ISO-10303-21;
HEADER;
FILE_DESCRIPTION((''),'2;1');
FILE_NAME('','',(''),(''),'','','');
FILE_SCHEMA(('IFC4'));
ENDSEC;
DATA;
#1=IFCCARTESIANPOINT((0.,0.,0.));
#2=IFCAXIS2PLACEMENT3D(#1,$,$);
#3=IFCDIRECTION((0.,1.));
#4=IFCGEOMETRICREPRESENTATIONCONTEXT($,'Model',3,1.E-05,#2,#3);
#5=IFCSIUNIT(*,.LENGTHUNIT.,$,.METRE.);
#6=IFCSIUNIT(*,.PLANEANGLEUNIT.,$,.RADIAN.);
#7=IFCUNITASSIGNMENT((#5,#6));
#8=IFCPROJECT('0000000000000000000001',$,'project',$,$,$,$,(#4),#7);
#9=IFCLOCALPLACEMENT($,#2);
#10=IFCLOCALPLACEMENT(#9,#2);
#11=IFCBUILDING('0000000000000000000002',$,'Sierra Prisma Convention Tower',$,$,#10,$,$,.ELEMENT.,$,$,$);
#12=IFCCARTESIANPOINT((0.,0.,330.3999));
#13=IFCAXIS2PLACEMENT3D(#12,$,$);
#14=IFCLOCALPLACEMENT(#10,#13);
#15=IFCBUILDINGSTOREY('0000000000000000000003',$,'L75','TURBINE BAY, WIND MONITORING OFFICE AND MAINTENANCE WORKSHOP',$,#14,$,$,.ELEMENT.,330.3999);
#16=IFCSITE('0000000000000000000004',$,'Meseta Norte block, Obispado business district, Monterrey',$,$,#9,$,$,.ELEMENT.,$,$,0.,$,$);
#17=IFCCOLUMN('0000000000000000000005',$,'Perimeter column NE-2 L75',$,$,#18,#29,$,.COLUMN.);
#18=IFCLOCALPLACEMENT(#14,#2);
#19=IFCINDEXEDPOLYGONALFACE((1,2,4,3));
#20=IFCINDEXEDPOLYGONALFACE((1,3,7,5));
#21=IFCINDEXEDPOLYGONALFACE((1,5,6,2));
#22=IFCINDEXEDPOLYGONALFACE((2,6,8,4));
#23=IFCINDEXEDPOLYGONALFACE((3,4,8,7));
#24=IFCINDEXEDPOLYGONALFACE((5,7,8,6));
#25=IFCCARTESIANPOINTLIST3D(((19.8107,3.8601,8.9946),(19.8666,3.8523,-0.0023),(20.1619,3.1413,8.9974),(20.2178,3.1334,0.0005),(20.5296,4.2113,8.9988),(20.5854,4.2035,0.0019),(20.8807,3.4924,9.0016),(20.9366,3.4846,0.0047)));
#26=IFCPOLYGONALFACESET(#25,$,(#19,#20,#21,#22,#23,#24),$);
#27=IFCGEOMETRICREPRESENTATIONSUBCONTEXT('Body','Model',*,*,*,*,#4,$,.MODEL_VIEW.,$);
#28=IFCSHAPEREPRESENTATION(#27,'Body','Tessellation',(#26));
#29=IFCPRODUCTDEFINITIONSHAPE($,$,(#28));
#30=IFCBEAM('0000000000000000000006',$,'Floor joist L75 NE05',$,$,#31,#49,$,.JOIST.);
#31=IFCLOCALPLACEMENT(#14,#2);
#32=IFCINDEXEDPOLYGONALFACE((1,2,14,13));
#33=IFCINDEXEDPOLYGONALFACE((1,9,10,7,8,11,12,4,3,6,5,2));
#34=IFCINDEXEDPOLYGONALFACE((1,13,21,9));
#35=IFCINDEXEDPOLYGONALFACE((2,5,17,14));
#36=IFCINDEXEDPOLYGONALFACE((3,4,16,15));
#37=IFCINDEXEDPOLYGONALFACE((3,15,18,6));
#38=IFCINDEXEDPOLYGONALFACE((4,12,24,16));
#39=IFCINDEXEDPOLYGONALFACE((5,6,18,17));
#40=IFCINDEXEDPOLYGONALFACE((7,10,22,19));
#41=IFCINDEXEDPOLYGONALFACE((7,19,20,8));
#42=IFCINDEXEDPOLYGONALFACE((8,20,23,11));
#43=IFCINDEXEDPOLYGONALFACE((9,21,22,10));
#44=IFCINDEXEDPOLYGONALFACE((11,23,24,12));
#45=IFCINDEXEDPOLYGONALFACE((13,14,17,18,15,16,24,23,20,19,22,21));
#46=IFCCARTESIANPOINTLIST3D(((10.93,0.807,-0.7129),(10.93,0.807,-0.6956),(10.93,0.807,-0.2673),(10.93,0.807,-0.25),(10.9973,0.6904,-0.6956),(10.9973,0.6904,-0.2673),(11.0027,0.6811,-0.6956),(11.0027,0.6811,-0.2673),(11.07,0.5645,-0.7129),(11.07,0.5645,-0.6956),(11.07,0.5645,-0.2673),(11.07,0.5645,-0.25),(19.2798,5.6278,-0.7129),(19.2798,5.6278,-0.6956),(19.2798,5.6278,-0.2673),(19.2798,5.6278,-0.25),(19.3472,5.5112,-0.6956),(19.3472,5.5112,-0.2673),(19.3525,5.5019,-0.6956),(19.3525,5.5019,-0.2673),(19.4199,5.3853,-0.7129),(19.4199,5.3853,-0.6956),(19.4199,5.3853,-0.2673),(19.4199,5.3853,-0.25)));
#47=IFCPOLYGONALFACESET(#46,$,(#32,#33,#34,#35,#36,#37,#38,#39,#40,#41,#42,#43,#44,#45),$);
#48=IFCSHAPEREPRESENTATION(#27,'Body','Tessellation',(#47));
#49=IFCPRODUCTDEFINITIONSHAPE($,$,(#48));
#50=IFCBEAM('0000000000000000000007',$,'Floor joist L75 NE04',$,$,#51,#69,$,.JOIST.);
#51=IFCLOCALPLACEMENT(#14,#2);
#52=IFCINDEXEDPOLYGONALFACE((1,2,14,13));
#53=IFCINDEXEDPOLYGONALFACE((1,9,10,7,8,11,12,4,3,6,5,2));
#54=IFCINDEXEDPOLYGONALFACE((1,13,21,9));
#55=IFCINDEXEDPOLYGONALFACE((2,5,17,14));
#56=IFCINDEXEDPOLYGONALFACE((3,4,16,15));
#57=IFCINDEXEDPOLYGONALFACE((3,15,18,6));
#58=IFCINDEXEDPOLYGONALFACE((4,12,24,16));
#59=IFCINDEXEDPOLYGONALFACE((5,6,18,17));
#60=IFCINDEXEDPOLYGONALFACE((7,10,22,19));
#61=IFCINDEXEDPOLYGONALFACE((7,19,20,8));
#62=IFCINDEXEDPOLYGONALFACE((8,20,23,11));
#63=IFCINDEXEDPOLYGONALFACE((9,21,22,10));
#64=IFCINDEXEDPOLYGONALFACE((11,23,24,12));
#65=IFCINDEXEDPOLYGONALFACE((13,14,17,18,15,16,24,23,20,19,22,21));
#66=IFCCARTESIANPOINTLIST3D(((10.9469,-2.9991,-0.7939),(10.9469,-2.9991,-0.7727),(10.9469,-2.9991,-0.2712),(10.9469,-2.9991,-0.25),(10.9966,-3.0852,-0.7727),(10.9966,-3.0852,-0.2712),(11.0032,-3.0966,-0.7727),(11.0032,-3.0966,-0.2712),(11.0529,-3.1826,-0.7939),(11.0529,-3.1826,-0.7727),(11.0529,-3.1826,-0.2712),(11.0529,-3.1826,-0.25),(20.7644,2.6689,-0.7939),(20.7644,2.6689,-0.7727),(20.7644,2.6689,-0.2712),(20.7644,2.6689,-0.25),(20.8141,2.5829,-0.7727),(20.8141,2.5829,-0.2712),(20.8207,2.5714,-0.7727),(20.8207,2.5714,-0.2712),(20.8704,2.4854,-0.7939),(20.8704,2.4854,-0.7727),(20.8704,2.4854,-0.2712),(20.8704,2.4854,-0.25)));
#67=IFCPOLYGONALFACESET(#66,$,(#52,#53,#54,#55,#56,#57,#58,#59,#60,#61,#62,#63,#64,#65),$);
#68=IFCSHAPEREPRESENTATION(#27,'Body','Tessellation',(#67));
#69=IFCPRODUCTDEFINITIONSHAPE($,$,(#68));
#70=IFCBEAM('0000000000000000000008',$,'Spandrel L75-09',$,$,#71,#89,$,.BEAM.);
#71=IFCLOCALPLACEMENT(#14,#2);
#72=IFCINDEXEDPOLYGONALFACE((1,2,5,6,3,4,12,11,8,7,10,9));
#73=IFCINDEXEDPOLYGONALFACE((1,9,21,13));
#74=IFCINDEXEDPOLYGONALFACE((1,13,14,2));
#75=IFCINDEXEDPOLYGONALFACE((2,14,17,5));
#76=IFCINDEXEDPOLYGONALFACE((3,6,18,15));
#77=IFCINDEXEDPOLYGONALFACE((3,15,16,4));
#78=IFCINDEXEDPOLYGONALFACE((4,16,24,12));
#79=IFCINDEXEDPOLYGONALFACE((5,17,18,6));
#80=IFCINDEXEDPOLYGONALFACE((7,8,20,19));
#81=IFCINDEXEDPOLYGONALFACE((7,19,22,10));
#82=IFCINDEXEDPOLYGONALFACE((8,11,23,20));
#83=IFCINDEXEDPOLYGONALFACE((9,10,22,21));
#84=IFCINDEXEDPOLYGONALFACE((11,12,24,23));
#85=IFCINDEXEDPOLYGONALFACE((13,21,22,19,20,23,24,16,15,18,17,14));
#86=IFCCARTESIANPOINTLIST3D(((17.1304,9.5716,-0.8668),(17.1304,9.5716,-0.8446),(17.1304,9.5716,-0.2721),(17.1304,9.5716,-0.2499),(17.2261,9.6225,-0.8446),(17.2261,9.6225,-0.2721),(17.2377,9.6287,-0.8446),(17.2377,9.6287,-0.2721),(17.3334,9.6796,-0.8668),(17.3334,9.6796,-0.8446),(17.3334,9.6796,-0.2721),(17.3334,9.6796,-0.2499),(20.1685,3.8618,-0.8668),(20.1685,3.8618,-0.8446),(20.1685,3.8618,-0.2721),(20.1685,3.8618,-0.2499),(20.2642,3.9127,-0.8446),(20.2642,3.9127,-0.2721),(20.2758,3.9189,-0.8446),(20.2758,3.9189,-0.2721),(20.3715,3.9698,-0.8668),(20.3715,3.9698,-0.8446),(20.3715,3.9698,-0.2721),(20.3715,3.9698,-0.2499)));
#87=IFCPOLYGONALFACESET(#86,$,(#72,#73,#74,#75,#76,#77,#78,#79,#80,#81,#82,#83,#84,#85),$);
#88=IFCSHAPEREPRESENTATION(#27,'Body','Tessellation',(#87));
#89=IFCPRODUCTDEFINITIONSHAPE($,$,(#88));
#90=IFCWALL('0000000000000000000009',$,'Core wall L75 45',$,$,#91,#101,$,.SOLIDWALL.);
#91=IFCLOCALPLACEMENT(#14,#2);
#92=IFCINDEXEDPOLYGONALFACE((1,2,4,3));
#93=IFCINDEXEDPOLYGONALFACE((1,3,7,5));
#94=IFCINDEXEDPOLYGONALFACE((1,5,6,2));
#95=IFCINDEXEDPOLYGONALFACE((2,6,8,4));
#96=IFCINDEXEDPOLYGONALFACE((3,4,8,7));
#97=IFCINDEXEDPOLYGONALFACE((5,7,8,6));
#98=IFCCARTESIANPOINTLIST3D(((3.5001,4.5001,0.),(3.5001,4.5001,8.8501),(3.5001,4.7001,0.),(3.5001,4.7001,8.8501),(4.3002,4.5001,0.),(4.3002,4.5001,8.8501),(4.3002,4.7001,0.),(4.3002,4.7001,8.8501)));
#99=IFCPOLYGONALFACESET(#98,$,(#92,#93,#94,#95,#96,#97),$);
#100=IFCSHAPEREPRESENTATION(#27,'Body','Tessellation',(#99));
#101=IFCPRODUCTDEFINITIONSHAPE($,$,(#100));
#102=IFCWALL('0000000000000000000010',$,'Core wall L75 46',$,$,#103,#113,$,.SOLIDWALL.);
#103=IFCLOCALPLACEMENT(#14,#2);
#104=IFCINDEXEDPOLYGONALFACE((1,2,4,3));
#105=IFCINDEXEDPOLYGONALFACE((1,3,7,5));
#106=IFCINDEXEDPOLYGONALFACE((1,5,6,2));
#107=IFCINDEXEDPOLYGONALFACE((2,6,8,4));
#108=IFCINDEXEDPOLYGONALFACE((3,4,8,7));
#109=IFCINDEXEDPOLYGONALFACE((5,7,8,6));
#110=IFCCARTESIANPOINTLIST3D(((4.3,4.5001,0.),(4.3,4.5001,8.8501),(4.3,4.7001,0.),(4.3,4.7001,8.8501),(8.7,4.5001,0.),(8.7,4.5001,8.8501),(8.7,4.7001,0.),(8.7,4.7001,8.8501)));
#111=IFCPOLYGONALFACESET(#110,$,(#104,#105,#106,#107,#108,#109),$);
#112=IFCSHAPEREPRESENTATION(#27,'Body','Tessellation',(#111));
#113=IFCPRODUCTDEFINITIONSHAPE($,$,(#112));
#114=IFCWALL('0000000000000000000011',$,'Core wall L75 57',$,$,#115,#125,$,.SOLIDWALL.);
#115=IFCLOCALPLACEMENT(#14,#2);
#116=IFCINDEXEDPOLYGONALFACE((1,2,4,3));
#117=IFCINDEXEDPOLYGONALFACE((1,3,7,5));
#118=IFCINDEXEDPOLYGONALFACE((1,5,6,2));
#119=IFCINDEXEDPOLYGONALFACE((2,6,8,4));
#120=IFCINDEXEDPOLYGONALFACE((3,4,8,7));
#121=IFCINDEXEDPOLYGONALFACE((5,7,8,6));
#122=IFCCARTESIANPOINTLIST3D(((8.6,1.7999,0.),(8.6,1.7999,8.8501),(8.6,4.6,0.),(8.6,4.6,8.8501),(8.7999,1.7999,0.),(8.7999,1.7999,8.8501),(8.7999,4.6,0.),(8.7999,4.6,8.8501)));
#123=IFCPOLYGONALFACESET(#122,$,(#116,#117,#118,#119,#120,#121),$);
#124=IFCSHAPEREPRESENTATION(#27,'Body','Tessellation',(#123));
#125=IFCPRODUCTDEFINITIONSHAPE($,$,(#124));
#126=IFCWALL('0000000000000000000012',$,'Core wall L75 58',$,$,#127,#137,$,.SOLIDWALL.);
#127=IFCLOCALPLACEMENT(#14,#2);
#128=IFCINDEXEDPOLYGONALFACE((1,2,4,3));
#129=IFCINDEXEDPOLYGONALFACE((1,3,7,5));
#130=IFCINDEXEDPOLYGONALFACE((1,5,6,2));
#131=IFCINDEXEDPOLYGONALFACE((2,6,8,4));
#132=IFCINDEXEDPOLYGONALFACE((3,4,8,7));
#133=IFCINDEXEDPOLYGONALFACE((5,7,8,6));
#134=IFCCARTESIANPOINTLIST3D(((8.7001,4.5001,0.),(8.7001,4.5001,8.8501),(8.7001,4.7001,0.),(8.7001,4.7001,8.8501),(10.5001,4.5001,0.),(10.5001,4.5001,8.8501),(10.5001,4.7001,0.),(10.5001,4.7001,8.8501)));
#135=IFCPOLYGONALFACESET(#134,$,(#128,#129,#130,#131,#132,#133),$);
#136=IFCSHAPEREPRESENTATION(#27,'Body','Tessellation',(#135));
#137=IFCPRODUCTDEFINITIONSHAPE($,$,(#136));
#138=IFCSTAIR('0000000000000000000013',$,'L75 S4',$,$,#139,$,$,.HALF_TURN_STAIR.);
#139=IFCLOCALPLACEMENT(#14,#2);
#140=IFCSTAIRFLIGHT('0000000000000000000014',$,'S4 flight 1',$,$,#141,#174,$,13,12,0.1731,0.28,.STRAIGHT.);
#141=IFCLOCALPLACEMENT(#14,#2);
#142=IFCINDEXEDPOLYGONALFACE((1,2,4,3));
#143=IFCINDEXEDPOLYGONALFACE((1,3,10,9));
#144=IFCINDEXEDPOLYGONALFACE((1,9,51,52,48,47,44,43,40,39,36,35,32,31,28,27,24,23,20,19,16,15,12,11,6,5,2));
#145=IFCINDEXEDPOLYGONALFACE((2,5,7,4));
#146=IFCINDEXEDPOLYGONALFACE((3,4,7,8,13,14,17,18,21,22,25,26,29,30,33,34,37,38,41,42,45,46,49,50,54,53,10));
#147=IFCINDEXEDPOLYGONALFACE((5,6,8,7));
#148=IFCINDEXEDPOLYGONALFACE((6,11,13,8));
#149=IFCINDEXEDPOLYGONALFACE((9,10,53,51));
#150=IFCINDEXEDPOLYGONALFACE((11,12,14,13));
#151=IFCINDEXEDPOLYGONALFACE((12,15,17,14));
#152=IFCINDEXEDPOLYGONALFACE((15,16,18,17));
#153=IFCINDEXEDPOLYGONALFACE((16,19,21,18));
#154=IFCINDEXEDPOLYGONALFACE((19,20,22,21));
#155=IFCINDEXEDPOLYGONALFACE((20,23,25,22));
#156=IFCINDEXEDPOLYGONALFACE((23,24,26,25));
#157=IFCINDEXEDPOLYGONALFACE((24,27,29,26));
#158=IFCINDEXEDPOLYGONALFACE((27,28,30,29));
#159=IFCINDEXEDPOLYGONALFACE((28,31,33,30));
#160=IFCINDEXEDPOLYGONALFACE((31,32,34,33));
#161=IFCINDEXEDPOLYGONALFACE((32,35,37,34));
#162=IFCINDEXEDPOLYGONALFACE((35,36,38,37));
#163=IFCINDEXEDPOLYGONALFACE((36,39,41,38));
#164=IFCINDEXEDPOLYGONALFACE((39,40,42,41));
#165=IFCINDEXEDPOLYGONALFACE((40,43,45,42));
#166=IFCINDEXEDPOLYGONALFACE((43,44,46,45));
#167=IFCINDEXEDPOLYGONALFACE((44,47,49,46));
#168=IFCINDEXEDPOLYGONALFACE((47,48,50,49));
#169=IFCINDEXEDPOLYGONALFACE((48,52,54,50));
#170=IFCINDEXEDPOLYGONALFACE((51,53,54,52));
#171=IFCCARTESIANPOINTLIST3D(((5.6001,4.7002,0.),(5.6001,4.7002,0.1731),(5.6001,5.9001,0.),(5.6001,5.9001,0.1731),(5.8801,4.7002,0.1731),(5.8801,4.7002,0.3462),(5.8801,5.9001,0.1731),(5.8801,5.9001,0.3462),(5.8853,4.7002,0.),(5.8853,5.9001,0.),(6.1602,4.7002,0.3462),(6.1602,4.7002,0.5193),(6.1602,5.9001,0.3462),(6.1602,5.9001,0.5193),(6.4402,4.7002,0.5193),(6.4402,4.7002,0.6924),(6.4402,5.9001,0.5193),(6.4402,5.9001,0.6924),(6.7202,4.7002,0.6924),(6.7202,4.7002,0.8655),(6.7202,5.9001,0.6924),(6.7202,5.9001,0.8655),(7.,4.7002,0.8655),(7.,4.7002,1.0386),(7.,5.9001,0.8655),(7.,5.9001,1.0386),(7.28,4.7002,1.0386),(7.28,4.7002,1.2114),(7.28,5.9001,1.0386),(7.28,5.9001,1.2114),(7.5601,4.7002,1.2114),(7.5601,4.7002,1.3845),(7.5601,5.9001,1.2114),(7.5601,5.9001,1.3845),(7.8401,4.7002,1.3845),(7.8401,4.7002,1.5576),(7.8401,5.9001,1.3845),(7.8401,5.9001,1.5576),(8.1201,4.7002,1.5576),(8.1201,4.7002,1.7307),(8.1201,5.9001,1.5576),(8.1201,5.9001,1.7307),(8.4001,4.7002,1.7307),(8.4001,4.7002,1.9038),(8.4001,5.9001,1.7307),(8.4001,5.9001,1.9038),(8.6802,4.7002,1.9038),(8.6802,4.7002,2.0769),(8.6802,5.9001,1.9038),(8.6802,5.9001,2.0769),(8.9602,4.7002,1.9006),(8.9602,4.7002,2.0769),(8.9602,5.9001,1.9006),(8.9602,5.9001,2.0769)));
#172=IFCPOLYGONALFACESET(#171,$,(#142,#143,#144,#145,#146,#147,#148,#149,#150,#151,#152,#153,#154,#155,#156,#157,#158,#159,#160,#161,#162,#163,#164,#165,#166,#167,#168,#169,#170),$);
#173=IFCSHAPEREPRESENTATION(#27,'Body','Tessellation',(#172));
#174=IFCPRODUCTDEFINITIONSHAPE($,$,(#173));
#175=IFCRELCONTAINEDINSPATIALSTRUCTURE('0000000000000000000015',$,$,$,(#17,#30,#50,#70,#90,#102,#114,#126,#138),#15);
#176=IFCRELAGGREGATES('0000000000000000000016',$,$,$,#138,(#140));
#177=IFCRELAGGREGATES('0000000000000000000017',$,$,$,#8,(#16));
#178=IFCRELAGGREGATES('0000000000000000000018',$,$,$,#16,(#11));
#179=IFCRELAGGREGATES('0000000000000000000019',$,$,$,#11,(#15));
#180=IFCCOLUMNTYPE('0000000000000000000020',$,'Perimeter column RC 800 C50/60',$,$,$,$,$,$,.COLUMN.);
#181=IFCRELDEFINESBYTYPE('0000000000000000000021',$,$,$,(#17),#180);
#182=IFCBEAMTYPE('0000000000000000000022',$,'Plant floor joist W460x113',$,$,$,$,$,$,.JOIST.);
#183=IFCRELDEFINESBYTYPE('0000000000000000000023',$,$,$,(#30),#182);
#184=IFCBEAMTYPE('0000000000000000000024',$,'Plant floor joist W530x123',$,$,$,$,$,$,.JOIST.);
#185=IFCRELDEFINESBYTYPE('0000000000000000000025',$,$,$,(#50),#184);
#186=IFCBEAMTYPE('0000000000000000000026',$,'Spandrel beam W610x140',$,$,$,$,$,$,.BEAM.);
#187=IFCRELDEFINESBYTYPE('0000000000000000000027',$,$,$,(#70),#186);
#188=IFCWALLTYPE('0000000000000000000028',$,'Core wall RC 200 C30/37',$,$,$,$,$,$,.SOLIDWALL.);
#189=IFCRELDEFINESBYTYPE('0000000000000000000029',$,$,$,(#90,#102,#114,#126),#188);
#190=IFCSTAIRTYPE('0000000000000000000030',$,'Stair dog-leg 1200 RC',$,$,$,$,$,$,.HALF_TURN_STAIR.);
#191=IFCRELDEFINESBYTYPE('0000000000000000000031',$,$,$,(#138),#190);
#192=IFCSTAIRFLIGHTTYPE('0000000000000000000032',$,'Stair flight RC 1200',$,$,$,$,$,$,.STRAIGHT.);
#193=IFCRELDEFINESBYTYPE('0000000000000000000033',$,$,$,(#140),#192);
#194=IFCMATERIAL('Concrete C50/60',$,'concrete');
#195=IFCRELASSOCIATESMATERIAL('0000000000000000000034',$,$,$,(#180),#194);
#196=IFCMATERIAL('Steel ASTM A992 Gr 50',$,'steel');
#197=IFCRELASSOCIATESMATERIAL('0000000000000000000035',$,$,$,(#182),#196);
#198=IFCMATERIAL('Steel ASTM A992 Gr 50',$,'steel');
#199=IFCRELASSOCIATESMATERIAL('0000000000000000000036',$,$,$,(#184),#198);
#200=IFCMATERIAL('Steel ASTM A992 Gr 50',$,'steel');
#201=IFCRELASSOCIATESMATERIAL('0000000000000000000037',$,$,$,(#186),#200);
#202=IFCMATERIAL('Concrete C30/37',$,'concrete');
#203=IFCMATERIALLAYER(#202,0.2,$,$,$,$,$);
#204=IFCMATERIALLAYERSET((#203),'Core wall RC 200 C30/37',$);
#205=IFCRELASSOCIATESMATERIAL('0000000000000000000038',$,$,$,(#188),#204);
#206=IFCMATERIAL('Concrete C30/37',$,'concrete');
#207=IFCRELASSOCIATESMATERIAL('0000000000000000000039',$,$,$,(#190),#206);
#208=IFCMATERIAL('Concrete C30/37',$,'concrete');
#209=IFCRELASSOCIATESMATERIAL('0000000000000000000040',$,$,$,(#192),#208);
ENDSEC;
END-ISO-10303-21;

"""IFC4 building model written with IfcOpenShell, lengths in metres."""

from ifc_helpers import new_model, si_unit, direction, frame, frame_2d, origin, origin_2d, place, context, subcontext, project, spatial, polyline, rectangle, i_section, outline, extrude, clip, halfspace, material, layer, layer_set, material_profile, profile_set, type_object, element, aggregate, save


model = new_model("IFC4")

# Units and contexts
model_context = context("Model", 3, precision=1e-05, world=origin(), true_north=direction((0.0, 1.0)))
body_context = subcontext(model_context, "Body", "Model", "MODEL_VIEW")
ifc_project = project(units=[si_unit("LENGTHUNIT", "METRE"), si_unit("PLANEANGLEUNIT", "RADIAN")], contexts=[model_context])

# Site, building, storey
site_placement = place(None, origin())
site = spatial("IfcSite", under=ifc_project, at=site_placement, Name="Meseta Norte block, Obispado business district, Monterrey", CompositionType="ELEMENT", RefElevation=0.0)
building_placement = place(site_placement, origin())
building = spatial("IfcBuilding", under=site, at=building_placement, Name="Sierra Prisma Convention Tower", CompositionType="ELEMENT")
storey_placement = place(building_placement, frame((0.0, 0.0, 330.3999)))
storey = spatial("IfcBuildingStorey", under=building, at=storey_placement, Name="L75", Description="TURBINE BAY, WIND MONITORING OFFICE AND MAINTENANCE WORKSHOP", CompositionType="ELEMENT", Elevation=330.3999)

# Column
ifc_material_1 = material(Name="Concrete C50/60", Category="concrete")
ifc_material_profile_1 = material_profile(ifc_material_1, rectangle(XDim=0.8, YDim=0.8, at=origin_2d()), Name="Perimeter column RC 800 C50/60")
ifc_profile_set_1 = profile_set([ifc_material_profile_1], Name="Concrete C50/60")
column_type = type_object("IfcColumnType", Name="Perimeter column RC 800 C50/60", PredefinedType="COLUMN", material=ifc_profile_set_1)
column_placement = place(storey_placement, frame((20.4016, 3.6685, 0.0), z_axis=(-0.006212, 0.000868, 0.99998), x_axis=(-0.438919, 0.89852, -0.003507)))
element("IfcColumn", 1, at=column_placement, inside=storey, type_object=column_type, Name="Perimeter column NE-2 L75", PredefinedType="COLUMN", context=body_context, shape_type="SweptSolid", body=[
    clip(clip(extrude(rectangle(XDim=0.8, YDim=0.8, at=origin_2d()), origin(), (0.0, 0.0, 1.0), 9.0002), halfspace(frame((0.0, 0.0, 0.0012)), True)), halfspace(frame((0.0, 0.0, 8.9983)), False)),
])

# Beams
ifc_material_2 = material(Name="Steel ASTM A992 Gr 50", Category="steel")
ifc_material_profile_2 = material_profile(ifc_material_2, i_section(OverallWidth=0.28, OverallDepth=0.4629, WebThickness=0.0107, FlangeThickness=0.0173, at=origin_2d()), Name="W460x113")
ifc_profile_set_2 = profile_set([ifc_material_profile_2], Name="Steel ASTM A992 Gr 50")
beam_type_1 = type_object("IfcBeamType", Name="Plant floor joist W460x113", PredefinedType="JOIST", material=ifc_profile_set_2)
beam_1_placement = place(storey_placement, frame((19.3499, 5.5066, -0.4814), z_axis=(-0.866025, -0.500001, 0.0), x_axis=(0.500001, -0.866025, 0.0)))
element("IfcBeam", 2, at=beam_1_placement, inside=storey, type_object=beam_type_1, Name="Floor joist L75 NE05", PredefinedType="JOIST", context=body_context, shape_type="SweptSolid", body=[
    extrude(i_section(OverallWidth=0.28, OverallDepth=0.4629, WebThickness=0.0107, FlangeThickness=0.0173, at=origin_2d()), origin(), (0.0, 0.0, 1.0), 9.6416),
])
ifc_material_3 = material(Name="Steel ASTM A992 Gr 50", Category="steel")
ifc_material_profile_3 = material_profile(ifc_material_3, i_section(OverallWidth=0.2119, OverallDepth=0.5439, WebThickness=0.0132, FlangeThickness=0.0212, at=origin_2d()), Name="W530x123")
ifc_profile_set_3 = profile_set([ifc_material_profile_3], Name="Steel ASTM A992 Gr 50")
beam_type_2 = type_object("IfcBeamType", Name="Plant floor joist W530x123", PredefinedType="JOIST", material=ifc_profile_set_3)
beam_2_placement = place(storey_placement, frame((20.8174, 2.5771, -0.522), z_axis=(-0.866029, -0.499993, 0.0), x_axis=(0.499993, -0.866029, 0.0)))
element("IfcBeam", 3, at=beam_2_placement, inside=storey, type_object=beam_type_2, Name="Floor joist L75 NE04", PredefinedType="JOIST", context=body_context, shape_type="SweptSolid", body=[
    extrude(i_section(OverallWidth=0.2119, OverallDepth=0.5439, WebThickness=0.0132, FlangeThickness=0.0212, at=origin_2d()), origin(), (0.0, 0.0, 1.0), 11.3362),
])
ifc_material_4 = material(Name="Steel ASTM A992 Gr 50", Category="steel")
ifc_material_profile_4 = material_profile(ifc_material_4, i_section(OverallWidth=0.23, OverallDepth=0.6169, WebThickness=0.0132, FlangeThickness=0.0222, at=origin_2d()), Name="W610x140")
ifc_profile_set_4 = profile_set([ifc_material_profile_4], Name="Steel ASTM A992 Gr 50")
beam_type_3 = type_object("IfcBeamType", Name="Spandrel beam W610x140", PredefinedType="BEAM", material=ifc_profile_set_4)
beam_3_placement = place(storey_placement, frame((20.27, 3.9158, -0.5583), z_axis=(-0.469734, 0.882808, 0.0), x_axis=(-0.882808, -0.469734, 0.0)))
element("IfcBeam", 4, at=beam_3_placement, inside=storey, type_object=beam_type_3, Name="Spandrel L75-09", PredefinedType="BEAM", context=body_context, shape_type="SweptSolid", body=[
    extrude(i_section(OverallWidth=0.23, OverallDepth=0.6169, WebThickness=0.0132, FlangeThickness=0.0222, at=origin_2d()), origin(), (0.0, 0.0, 1.0), 6.4678),
])

# Walls
ifc_material_5 = material(Name="Concrete C30/37", Category="concrete")
ifc_layer = layer(ifc_material_5, 0.2)
ifc_layer_set = layer_set([ifc_layer], Name="Core wall RC 200 C30/37")
wall_type = type_object("IfcWallType", Name="Core wall RC 200 C30/37", PredefinedType="SOLIDWALL", material=ifc_layer_set)
wall_1_placement = place(storey_placement, frame((4.3, 4.6001, 0.0), z_axis=(0.0, 0.0, 1.0), x_axis=(-1.0, 0.0, 0.0)))
element("IfcWall", 5, at=wall_1_placement, inside=storey, type_object=wall_type, Name="Core wall L75 45", PredefinedType="SOLIDWALL", context=body_context, shape_type="SweptSolid", body=[
    extrude(rectangle(XDim=0.8, YDim=0.2, at=frame_2d((0.3999, 0.0))), origin(), (0.0, 0.0, 1.0), 8.8501),
])
wall_2_placement = place(storey_placement, frame((8.7, 4.6001, 0.0), z_axis=(0.0, 0.0, 1.0), x_axis=(-1.0, 0.0, 0.0)))
element("IfcWall", 6, at=wall_2_placement, inside=storey, type_object=wall_type, Name="Core wall L75 46", PredefinedType="SOLIDWALL", context=body_context, shape_type="SweptSolid", body=[
    extrude(rectangle(XDim=4.3999, YDim=0.2, at=frame_2d((2.2, 0.0))), origin(), (0.0, 0.0, 1.0), 8.8501),
])

# Walls
wall_3_placement = place(storey_placement, frame((8.7, 1.8, 0.0), z_axis=(0.0, 0.0, 1.0), x_axis=(0.0, 1.0, 0.0)))
element("IfcWall", 7, at=wall_3_placement, inside=storey, type_object=wall_type, Name="Core wall L75 57", PredefinedType="SOLIDWALL", context=body_context, shape_type="SweptSolid", body=[
    extrude(rectangle(XDim=2.8, YDim=0.2, at=frame_2d((1.3999, 0.0))), origin(), (0.0, 0.0, 1.0), 8.8501),
])
wall_4_placement = place(storey_placement, frame((10.5, 4.6001, 0.0), z_axis=(0.0, 0.0, 1.0), x_axis=(-1.0, 0.0, 0.0)))
element("IfcWall", 8, at=wall_4_placement, inside=storey, type_object=wall_type, Name="Core wall L75 58", PredefinedType="SOLIDWALL", context=body_context, shape_type="SweptSolid", body=[
    extrude(rectangle(XDim=1.8, YDim=0.2, at=frame_2d((0.8999, 0.0))), origin(), (0.0, 0.0, 1.0), 8.8501),
])

# Stair, stair flight
ifc_material_6 = material(Name="Concrete C30/37", Category="concrete")
stair_type = type_object("IfcStairType", Name="Stair dog-leg 1200 RC", PredefinedType="HALF_TURN_STAIR", material=ifc_material_6)
stair_placement = place(storey_placement, origin())
stair = element("IfcStair", 9, at=stair_placement, inside=storey, type_object=stair_type, Name="L75 S4", PredefinedType="HALF_TURN_STAIR")
ifc_material_7 = material(Name="Concrete C30/37", Category="concrete")
stair_flight_type = type_object("IfcStairFlightType", Name="Stair flight RC 1200", PredefinedType="STRAIGHT", material=ifc_material_7)
stair_flight_1_placement = place(storey_placement, frame((5.6001, 5.3, 0.0), z_axis=(0.0, 0.0, 1.0), x_axis=(1.0, 0.0, 0.0)))
stair_flight_1 = element("IfcStairFlight", 10, at=stair_flight_1_placement, type_object=stair_flight_type, Name="S4 flight 1", NumberOfRisers=13, NumberOfTreads=12, PredefinedType="STRAIGHT", RiserHeight=0.1731, TreadLength=0.28, context=body_context, shape_type="SweptSolid", body=[
    extrude(outline(polyline([(0.0, 0.0), (0.0, 0.1731), (0.28, 0.1731), (0.28, 0.3462), (0.5601, 0.3462), (0.5601, 0.5193), (0.8401, 0.5193), (0.8401, 0.6924), (1.1201, 0.6924), (1.1201, 0.8655), (1.3999, 0.8655), (1.3999, 1.0386), (1.6799, 1.0386), (1.6799, 1.2114), (1.96, 1.2114), (1.96, 1.3845), (2.24, 1.3845), (2.24, 1.5576), (2.52, 1.5576), (2.52, 1.7307), (2.8, 1.7307), (2.8, 1.9038), (3.0801, 1.9038), (3.0801, 2.0769), (3.3601, 2.0769), (3.3601, 2.25), (3.3601, 1.9006), (0.2852, 0.0), (0.0, 0.0)])), frame((0.0, 0.6001, 0.0), z_axis=(0.0, -1.0, 0.0), x_axis=(1.0, 0.0, 0.0)), (0.0, 0.0, 1.0), 1.2),
])
aggregate(stair, [stair_flight_1])

save(model, "model.ifc")
